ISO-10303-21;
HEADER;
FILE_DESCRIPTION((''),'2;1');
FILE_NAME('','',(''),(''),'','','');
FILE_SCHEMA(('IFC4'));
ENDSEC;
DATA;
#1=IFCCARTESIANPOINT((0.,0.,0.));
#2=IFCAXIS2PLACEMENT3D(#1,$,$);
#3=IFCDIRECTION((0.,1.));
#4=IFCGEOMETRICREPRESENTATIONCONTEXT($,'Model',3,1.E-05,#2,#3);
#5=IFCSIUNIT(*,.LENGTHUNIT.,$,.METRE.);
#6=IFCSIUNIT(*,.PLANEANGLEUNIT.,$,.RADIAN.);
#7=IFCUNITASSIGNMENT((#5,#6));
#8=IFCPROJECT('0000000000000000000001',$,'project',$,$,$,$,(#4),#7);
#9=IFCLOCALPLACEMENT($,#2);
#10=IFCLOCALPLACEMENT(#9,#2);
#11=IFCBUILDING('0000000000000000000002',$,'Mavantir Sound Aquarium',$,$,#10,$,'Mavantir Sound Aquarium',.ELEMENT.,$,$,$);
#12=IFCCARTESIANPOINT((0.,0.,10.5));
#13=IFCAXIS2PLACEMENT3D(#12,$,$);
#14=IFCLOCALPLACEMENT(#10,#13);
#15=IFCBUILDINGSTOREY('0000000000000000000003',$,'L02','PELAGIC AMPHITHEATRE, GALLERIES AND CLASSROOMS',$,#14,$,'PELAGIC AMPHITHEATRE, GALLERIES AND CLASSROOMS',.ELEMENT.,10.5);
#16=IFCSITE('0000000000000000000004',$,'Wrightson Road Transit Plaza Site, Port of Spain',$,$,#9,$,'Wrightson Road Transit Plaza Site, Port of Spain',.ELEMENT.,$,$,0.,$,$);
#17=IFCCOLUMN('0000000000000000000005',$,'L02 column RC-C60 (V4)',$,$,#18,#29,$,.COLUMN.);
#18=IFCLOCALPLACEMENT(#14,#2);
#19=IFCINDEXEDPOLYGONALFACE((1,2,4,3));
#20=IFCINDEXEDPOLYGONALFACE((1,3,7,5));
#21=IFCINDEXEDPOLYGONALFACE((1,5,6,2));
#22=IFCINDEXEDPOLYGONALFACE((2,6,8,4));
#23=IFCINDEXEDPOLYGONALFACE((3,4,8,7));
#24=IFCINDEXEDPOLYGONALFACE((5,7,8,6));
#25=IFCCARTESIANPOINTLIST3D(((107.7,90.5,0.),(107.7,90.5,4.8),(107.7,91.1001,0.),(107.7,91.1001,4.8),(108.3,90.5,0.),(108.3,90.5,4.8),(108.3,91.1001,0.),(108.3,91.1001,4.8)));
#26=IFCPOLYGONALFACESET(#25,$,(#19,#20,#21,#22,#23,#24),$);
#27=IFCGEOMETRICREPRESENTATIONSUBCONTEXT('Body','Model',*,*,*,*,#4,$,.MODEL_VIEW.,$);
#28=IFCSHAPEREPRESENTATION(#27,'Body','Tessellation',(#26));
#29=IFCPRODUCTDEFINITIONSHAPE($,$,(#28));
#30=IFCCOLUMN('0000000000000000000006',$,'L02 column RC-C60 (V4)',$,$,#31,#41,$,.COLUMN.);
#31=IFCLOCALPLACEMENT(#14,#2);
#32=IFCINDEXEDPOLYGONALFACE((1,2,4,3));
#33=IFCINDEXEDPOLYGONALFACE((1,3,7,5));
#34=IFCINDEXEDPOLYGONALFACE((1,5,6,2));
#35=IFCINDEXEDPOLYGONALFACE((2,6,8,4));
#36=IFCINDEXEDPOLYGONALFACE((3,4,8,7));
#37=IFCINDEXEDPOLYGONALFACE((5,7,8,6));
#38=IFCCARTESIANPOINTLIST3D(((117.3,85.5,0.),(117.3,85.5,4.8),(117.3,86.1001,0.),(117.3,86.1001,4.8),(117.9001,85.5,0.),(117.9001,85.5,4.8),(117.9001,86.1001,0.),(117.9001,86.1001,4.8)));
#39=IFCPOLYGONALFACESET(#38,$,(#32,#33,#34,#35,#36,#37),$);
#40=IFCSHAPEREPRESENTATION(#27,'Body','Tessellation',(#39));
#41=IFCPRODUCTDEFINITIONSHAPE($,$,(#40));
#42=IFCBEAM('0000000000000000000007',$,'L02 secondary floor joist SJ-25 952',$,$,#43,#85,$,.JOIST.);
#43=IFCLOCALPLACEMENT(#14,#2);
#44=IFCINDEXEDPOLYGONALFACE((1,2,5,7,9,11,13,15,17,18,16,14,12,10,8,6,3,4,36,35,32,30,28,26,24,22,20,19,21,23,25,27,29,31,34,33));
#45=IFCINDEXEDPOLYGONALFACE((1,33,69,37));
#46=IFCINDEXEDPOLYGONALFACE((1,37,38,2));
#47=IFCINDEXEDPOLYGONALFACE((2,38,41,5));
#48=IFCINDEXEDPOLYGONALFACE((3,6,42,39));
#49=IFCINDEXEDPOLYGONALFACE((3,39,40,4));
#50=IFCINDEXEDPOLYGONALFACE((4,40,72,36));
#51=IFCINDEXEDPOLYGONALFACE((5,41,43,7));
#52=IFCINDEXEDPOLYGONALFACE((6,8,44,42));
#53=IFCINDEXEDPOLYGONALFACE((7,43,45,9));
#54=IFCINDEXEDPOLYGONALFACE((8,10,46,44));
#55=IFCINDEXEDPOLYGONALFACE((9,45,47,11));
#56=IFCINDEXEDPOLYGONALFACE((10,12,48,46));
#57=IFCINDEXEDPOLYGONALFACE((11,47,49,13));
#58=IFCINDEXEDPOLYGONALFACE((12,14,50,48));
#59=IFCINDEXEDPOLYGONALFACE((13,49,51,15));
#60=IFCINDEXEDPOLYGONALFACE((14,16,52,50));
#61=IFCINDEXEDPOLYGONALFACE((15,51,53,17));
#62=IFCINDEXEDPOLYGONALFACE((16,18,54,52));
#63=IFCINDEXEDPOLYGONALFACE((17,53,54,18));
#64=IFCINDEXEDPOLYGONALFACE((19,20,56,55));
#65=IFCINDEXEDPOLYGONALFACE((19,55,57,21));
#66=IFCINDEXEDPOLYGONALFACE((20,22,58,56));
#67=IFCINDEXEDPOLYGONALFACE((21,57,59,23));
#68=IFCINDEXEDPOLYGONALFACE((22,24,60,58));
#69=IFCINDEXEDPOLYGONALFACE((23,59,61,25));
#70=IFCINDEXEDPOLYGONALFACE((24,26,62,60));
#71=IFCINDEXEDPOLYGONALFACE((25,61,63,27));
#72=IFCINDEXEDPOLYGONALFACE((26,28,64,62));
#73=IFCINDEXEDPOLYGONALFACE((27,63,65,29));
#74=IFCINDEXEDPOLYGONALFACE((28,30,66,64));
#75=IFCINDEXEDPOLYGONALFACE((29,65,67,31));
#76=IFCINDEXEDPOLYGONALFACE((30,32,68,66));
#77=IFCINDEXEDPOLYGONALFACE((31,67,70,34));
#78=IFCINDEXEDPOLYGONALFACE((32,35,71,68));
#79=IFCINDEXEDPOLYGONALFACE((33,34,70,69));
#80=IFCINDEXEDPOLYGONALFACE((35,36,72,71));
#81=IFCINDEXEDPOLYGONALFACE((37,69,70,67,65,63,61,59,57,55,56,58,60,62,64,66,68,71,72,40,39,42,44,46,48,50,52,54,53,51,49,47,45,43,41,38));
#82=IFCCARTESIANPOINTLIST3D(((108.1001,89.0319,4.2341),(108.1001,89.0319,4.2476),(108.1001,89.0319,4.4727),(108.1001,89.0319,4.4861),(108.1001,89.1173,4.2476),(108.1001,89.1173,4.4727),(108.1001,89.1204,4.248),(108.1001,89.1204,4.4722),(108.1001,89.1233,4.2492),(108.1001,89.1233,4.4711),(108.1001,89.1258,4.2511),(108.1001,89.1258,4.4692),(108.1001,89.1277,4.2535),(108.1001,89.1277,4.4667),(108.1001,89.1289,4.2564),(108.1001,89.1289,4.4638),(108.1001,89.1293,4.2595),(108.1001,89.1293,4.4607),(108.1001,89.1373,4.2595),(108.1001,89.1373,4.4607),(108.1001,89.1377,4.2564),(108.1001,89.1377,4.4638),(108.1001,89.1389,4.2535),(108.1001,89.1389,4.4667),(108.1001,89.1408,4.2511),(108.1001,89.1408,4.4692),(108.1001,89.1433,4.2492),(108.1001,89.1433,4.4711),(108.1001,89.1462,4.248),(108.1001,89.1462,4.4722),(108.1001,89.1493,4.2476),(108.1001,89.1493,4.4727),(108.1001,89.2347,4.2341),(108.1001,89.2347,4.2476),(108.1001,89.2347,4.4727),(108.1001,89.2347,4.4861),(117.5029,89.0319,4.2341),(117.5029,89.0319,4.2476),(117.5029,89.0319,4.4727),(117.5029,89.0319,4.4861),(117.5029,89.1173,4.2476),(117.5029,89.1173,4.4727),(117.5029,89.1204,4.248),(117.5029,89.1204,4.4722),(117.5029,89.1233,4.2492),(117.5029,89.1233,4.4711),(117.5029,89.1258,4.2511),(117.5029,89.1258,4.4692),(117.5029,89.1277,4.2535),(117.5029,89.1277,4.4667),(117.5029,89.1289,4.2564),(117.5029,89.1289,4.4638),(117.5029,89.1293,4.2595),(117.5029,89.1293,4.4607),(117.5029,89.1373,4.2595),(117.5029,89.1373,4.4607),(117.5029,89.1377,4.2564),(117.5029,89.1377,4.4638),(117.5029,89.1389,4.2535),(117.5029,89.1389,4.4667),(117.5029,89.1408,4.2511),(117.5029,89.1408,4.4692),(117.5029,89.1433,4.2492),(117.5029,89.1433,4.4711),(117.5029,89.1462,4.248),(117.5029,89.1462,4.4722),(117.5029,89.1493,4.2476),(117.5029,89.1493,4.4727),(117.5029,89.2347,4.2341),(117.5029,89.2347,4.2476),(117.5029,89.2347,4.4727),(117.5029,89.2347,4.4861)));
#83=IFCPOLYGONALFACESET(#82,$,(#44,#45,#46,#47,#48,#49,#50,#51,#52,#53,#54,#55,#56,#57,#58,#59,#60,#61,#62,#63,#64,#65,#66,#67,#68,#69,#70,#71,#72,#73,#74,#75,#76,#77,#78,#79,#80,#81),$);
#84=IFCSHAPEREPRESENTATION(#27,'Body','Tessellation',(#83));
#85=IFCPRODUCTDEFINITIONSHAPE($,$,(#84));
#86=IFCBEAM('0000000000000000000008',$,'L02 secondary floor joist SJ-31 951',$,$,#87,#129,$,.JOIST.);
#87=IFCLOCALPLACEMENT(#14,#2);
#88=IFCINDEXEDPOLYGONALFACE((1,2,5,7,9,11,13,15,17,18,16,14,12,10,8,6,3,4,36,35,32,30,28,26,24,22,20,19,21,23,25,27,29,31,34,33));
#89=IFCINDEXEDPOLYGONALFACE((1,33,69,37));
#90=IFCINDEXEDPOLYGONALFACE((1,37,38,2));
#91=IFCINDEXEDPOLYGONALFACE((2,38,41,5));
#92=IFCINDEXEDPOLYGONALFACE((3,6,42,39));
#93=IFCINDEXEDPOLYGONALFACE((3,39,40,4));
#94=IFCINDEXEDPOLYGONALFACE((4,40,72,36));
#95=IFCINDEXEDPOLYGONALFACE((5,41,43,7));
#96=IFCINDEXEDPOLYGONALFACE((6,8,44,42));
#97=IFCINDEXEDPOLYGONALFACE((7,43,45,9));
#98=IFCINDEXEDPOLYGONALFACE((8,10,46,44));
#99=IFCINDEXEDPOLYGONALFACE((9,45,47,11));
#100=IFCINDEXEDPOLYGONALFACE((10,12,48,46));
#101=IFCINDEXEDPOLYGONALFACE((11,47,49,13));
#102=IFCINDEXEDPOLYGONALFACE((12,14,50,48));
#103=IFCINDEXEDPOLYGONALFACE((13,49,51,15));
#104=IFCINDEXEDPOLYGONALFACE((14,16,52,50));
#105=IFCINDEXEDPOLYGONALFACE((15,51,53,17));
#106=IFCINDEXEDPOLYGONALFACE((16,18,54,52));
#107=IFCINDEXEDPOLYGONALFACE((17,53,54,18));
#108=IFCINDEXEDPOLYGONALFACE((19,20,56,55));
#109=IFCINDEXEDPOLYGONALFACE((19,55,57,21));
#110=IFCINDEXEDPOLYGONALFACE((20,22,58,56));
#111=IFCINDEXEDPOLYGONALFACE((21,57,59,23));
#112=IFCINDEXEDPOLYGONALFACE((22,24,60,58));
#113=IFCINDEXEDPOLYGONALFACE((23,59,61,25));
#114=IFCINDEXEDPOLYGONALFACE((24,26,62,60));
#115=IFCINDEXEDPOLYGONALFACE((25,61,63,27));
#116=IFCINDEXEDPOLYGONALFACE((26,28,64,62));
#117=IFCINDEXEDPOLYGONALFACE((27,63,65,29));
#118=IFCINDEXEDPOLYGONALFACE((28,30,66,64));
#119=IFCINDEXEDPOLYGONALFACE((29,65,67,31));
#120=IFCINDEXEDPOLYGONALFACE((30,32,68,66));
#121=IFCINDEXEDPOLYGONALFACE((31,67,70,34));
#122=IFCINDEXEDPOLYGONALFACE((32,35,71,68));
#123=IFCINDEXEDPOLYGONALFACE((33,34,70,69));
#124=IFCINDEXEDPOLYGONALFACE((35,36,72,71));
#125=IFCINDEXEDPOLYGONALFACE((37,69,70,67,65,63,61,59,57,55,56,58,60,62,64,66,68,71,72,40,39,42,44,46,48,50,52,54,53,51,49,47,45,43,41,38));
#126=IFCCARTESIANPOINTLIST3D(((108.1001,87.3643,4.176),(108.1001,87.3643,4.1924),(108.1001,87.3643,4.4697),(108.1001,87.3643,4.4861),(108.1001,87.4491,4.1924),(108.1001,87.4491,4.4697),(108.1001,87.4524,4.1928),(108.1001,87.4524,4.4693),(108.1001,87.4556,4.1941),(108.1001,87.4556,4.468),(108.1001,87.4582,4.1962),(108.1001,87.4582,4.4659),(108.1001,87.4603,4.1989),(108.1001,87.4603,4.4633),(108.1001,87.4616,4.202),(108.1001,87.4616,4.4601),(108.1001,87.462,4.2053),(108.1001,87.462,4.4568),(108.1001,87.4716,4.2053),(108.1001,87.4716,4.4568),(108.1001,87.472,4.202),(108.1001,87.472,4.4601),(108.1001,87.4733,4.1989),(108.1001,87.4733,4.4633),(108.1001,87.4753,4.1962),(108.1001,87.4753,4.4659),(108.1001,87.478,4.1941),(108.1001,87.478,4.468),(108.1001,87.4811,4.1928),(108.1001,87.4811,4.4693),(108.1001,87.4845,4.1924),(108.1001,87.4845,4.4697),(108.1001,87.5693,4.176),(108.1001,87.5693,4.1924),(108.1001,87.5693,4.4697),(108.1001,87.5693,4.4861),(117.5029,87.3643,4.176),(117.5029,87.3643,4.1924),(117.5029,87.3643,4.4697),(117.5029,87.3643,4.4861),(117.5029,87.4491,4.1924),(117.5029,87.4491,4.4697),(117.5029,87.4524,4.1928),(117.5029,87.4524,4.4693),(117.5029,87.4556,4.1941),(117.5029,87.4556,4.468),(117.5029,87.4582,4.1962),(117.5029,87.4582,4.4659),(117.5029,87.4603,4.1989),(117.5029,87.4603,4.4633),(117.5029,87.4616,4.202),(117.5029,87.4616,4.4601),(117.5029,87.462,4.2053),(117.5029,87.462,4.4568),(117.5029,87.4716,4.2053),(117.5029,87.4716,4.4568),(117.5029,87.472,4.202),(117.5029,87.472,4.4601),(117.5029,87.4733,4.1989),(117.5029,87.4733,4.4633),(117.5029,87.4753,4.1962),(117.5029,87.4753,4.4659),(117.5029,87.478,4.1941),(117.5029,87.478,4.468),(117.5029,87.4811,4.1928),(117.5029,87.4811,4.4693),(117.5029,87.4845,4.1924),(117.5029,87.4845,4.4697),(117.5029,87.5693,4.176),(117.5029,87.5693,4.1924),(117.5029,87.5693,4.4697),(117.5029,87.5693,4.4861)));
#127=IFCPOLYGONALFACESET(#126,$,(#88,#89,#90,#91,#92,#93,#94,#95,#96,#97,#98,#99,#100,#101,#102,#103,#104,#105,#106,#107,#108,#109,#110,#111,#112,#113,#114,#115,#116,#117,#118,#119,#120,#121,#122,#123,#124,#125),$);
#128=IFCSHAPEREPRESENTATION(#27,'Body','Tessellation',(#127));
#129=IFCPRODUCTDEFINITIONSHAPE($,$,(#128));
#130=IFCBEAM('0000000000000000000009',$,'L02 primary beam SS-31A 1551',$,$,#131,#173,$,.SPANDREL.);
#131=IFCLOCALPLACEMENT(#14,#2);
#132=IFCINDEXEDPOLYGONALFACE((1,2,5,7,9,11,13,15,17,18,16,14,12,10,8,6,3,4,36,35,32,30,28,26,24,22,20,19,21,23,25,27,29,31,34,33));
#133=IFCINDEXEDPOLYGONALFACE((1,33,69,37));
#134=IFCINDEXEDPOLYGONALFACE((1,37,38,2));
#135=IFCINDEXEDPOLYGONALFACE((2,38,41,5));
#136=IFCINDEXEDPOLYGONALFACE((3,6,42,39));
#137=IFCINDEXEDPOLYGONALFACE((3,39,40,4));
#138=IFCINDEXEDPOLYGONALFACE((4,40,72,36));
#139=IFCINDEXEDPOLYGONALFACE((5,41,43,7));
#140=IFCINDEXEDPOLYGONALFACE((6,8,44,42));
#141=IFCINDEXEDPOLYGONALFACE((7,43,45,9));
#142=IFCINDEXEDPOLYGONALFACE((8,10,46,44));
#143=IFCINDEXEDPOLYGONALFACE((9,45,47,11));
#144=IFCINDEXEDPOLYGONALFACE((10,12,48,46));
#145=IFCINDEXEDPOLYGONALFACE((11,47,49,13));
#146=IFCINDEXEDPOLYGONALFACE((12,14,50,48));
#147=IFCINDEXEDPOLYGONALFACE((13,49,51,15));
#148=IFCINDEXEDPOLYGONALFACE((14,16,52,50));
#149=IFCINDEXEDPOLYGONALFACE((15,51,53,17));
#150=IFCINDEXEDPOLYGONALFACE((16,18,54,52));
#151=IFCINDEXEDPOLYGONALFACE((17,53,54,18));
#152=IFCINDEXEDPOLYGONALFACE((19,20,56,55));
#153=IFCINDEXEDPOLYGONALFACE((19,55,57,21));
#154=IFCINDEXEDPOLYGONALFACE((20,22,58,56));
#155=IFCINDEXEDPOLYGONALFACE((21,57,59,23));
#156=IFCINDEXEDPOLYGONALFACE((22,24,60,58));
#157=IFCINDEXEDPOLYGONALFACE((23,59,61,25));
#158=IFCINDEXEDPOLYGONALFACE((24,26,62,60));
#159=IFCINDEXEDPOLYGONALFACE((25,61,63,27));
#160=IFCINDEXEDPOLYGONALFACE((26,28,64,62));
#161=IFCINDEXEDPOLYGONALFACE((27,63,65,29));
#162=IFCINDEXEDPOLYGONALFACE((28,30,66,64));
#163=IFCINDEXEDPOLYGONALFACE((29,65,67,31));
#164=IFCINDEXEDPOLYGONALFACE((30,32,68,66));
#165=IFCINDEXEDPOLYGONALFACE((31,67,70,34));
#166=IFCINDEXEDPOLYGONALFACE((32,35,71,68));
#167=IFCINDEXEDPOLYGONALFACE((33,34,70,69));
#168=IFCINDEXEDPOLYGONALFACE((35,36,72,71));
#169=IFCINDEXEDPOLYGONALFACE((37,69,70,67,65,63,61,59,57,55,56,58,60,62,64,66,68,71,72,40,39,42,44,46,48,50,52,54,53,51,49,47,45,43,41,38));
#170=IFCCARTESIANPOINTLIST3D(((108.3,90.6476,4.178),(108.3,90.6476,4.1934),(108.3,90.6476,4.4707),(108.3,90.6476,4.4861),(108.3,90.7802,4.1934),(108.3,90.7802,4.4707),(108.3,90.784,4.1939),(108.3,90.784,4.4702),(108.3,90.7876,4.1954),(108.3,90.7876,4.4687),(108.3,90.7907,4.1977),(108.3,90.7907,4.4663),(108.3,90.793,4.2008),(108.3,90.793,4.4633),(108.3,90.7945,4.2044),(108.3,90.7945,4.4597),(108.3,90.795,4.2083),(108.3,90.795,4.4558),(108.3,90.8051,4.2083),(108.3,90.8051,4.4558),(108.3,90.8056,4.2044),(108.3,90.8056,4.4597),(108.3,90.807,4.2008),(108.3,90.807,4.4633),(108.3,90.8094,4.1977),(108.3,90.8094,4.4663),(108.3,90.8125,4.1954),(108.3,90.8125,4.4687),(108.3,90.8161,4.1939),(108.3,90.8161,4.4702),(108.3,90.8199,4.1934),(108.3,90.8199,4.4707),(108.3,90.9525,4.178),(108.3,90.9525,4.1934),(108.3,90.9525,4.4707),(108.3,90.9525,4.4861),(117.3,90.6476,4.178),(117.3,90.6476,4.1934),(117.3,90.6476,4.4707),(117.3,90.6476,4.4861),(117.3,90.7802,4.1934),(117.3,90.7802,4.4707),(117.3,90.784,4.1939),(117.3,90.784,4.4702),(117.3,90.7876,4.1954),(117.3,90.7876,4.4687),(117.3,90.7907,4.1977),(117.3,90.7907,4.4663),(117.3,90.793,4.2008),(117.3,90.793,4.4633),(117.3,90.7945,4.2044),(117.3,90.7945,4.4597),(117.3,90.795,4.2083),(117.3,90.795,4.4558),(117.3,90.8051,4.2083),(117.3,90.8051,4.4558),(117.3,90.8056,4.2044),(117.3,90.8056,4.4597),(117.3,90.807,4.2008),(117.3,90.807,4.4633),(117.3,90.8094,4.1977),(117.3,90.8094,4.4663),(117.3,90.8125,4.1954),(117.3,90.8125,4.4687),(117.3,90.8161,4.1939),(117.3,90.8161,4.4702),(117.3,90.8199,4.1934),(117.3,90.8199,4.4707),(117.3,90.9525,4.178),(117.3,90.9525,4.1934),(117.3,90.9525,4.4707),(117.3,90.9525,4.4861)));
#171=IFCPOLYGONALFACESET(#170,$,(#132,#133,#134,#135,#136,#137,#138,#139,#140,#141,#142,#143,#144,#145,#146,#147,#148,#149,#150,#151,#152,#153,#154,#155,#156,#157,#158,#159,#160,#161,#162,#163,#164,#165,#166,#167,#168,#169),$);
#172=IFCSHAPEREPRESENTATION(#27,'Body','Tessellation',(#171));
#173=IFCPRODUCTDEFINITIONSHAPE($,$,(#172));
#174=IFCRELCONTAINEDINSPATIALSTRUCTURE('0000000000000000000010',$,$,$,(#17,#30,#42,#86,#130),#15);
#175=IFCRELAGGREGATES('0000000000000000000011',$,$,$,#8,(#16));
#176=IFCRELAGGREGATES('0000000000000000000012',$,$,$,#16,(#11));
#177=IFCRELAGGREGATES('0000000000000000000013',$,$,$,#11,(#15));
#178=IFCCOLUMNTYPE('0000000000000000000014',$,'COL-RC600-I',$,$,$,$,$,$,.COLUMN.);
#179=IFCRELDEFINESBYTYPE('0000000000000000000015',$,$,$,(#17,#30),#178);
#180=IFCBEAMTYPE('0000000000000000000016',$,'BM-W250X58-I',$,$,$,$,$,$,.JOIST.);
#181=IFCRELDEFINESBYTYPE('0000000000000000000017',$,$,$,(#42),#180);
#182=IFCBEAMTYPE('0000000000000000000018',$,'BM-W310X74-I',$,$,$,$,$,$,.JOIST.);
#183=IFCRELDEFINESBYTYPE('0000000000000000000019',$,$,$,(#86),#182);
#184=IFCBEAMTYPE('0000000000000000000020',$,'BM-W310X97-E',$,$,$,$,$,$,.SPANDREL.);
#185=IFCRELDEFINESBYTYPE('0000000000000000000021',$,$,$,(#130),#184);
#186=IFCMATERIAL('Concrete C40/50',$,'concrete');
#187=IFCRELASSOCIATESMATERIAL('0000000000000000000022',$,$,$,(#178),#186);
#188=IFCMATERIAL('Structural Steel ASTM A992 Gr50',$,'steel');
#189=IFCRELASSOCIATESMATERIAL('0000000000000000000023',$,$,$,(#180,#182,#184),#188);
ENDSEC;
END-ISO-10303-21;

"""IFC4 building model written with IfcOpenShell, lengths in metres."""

from ifc_helpers import new_model, si_unit, direction, frame, origin, origin_2d, place, context, subcontext, project, spatial, rectangle, i_section, extrude, material, material_profile, profile_set, type_object, element, save


model = new_model("IFC4")

# Units and contexts
model_context = context("Model", 3, precision=1e-05, world=origin(), true_north=direction((0.0, 1.0)))
body_context = subcontext(model_context, "Body", "Model", "MODEL_VIEW")
ifc_project = project(units=[si_unit("LENGTHUNIT", "METRE"), si_unit("PLANEANGLEUNIT", "RADIAN")], contexts=[model_context])

# Site, building, storey
site_placement = place(None, origin())
site = spatial("IfcSite", under=ifc_project, at=site_placement, Name="Wrightson Road Transit Plaza Site, Port of Spain", LongName="Wrightson Road Transit Plaza Site, Port of Spain", CompositionType="ELEMENT", RefElevation=0.0)
building_placement = place(site_placement, origin())
building = spatial("IfcBuilding", under=site, at=building_placement, Name="Mavantir Sound Aquarium", LongName="Mavantir Sound Aquarium", CompositionType="ELEMENT")
storey_placement = place(building_placement, frame((0.0, 0.0, 10.5)))
storey = spatial("IfcBuildingStorey", under=building, at=storey_placement, Name="L02", Description="PELAGIC AMPHITHEATRE, GALLERIES AND CLASSROOMS", LongName="PELAGIC AMPHITHEATRE, GALLERIES AND CLASSROOMS", CompositionType="ELEMENT", Elevation=10.5)

# Columns
ifc_material_1 = material(Name="Concrete C40/50", Category="concrete")
ifc_material_profile_1 = material_profile(ifc_material_1, rectangle(XDim=0.6001, YDim=0.6001, at=origin_2d()), Name="RC 600X600")
ifc_profile_set_1 = profile_set([ifc_material_profile_1], Name="Concrete C40/50")
column_type = type_object("IfcColumnType", Name="COL-RC600-I", PredefinedType="COLUMN", material=ifc_profile_set_1)
for number, where, z_axis, x_axis, name in (
    (1, (108.0, 90.8, 0.0), (0.0, 0.0, 1.0), (1.0, 0.0, 0.0), "L02 column RC-C60 (V4)"),
    (2, (117.6001, 85.8, 0.0), (0.0, 0.0, 1.0), (1.0, 0.0, 0.0), "L02 column RC-C60 (V4)"),
):
    element("IfcColumn", number, at=place(storey_placement, frame(where, z_axis=z_axis, x_axis=x_axis)), inside=storey, type_object=column_type, Name=name, PredefinedType="COLUMN", context=body_context, shape_type="SweptSolid", body=[
        extrude(rectangle(XDim=0.6001, YDim=0.6001, at=origin_2d()), origin(), (0.0, 0.0, 1.0), 4.8),
    ])

# Beams
ifc_material_2 = material(Name="Structural Steel ASTM A992 Gr50", Category="steel")
ifc_material_profile_2 = material_profile(ifc_material_2, i_section(OverallWidth=0.2029, OverallDepth=0.252, WebThickness=0.0081, FlangeThickness=0.0134, FilletRadius=0.012, at=origin_2d()), Name="W250X58")
ifc_profile_set_2 = profile_set([ifc_material_profile_2], Name="Structural Steel ASTM A992 Gr50")
beam_type_1 = type_object("IfcBeamType", Name="BM-W250X58-I", PredefinedType="JOIST", material=ifc_profile_set_2)
beam_1_placement = place(storey_placement, frame((108.1001, 89.1333, 4.3601), z_axis=(1.0, 0.0, 0.0), x_axis=(0.0, 1.0, 0.0)))
element("IfcBeam", 3, at=beam_1_placement, inside=storey, type_object=beam_type_1, Name="L02 secondary floor joist SJ-25 952", PredefinedType="JOIST", context=body_context, shape_type="SweptSolid", body=[
    extrude(i_section(OverallWidth=0.2029, OverallDepth=0.252, WebThickness=0.0081, FlangeThickness=0.0134, FilletRadius=0.012, at=origin_2d()), origin(), (0.0, 0.0, 1.0), 9.4028),
])
ifc_material_profile_3 = material_profile(ifc_material_2, i_section(OverallWidth=0.2051, OverallDepth=0.3101, WebThickness=0.0095, FlangeThickness=0.0164, FilletRadius=0.0129, at=origin_2d()), Name="W310X74")
ifc_profile_set_3 = profile_set([ifc_material_profile_3], Name="Structural Steel ASTM A992 Gr50")
beam_type_2 = type_object("IfcBeamType", Name="BM-W310X74-I", PredefinedType="JOIST", material=ifc_profile_set_3)
beam_2_placement = place(storey_placement, frame((108.1001, 87.4668, 4.3311), z_axis=(1.0, 0.0, 0.0), x_axis=(0.0, 1.0, 0.0)))
element("IfcBeam", 4, at=beam_2_placement, inside=storey, type_object=beam_type_2, Name="L02 secondary floor joist SJ-31 951", PredefinedType="JOIST", context=body_context, shape_type="SweptSolid", body=[
    extrude(i_section(OverallWidth=0.2051, OverallDepth=0.3101, WebThickness=0.0095, FlangeThickness=0.0164, FilletRadius=0.0129, at=origin_2d()), origin(), (0.0, 0.0, 1.0), 9.4028),
])
ifc_material_profile_4 = material_profile(ifc_material_2, i_section(OverallWidth=0.3049, OverallDepth=0.3081, WebThickness=0.01, FlangeThickness=0.0154, FilletRadius=0.0149, at=origin_2d()), Name="W310X97")
ifc_profile_set_4 = profile_set([ifc_material_profile_4], Name="Structural Steel ASTM A992 Gr50")
beam_type_3 = type_object("IfcBeamType", Name="BM-W310X97-E", PredefinedType="SPANDREL", material=ifc_profile_set_4)
beam_3_placement = place(storey_placement, frame((108.3, 90.8, 4.332), z_axis=(1.0, 0.0, 0.0), x_axis=(0.0, 1.0, 0.0)))
element("IfcBeam", 5, at=beam_3_placement, inside=storey, type_object=beam_type_3, Name="L02 primary beam SS-31A 1551", PredefinedType="SPANDREL", context=body_context, shape_type="SweptSolid", body=[
    extrude(i_section(OverallWidth=0.3049, OverallDepth=0.3081, WebThickness=0.01, FlangeThickness=0.0154, FilletRadius=0.0149, at=origin_2d()), origin(), (0.0, 0.0, 1.0), 9.0),
])

save(model, "model.ifc")
